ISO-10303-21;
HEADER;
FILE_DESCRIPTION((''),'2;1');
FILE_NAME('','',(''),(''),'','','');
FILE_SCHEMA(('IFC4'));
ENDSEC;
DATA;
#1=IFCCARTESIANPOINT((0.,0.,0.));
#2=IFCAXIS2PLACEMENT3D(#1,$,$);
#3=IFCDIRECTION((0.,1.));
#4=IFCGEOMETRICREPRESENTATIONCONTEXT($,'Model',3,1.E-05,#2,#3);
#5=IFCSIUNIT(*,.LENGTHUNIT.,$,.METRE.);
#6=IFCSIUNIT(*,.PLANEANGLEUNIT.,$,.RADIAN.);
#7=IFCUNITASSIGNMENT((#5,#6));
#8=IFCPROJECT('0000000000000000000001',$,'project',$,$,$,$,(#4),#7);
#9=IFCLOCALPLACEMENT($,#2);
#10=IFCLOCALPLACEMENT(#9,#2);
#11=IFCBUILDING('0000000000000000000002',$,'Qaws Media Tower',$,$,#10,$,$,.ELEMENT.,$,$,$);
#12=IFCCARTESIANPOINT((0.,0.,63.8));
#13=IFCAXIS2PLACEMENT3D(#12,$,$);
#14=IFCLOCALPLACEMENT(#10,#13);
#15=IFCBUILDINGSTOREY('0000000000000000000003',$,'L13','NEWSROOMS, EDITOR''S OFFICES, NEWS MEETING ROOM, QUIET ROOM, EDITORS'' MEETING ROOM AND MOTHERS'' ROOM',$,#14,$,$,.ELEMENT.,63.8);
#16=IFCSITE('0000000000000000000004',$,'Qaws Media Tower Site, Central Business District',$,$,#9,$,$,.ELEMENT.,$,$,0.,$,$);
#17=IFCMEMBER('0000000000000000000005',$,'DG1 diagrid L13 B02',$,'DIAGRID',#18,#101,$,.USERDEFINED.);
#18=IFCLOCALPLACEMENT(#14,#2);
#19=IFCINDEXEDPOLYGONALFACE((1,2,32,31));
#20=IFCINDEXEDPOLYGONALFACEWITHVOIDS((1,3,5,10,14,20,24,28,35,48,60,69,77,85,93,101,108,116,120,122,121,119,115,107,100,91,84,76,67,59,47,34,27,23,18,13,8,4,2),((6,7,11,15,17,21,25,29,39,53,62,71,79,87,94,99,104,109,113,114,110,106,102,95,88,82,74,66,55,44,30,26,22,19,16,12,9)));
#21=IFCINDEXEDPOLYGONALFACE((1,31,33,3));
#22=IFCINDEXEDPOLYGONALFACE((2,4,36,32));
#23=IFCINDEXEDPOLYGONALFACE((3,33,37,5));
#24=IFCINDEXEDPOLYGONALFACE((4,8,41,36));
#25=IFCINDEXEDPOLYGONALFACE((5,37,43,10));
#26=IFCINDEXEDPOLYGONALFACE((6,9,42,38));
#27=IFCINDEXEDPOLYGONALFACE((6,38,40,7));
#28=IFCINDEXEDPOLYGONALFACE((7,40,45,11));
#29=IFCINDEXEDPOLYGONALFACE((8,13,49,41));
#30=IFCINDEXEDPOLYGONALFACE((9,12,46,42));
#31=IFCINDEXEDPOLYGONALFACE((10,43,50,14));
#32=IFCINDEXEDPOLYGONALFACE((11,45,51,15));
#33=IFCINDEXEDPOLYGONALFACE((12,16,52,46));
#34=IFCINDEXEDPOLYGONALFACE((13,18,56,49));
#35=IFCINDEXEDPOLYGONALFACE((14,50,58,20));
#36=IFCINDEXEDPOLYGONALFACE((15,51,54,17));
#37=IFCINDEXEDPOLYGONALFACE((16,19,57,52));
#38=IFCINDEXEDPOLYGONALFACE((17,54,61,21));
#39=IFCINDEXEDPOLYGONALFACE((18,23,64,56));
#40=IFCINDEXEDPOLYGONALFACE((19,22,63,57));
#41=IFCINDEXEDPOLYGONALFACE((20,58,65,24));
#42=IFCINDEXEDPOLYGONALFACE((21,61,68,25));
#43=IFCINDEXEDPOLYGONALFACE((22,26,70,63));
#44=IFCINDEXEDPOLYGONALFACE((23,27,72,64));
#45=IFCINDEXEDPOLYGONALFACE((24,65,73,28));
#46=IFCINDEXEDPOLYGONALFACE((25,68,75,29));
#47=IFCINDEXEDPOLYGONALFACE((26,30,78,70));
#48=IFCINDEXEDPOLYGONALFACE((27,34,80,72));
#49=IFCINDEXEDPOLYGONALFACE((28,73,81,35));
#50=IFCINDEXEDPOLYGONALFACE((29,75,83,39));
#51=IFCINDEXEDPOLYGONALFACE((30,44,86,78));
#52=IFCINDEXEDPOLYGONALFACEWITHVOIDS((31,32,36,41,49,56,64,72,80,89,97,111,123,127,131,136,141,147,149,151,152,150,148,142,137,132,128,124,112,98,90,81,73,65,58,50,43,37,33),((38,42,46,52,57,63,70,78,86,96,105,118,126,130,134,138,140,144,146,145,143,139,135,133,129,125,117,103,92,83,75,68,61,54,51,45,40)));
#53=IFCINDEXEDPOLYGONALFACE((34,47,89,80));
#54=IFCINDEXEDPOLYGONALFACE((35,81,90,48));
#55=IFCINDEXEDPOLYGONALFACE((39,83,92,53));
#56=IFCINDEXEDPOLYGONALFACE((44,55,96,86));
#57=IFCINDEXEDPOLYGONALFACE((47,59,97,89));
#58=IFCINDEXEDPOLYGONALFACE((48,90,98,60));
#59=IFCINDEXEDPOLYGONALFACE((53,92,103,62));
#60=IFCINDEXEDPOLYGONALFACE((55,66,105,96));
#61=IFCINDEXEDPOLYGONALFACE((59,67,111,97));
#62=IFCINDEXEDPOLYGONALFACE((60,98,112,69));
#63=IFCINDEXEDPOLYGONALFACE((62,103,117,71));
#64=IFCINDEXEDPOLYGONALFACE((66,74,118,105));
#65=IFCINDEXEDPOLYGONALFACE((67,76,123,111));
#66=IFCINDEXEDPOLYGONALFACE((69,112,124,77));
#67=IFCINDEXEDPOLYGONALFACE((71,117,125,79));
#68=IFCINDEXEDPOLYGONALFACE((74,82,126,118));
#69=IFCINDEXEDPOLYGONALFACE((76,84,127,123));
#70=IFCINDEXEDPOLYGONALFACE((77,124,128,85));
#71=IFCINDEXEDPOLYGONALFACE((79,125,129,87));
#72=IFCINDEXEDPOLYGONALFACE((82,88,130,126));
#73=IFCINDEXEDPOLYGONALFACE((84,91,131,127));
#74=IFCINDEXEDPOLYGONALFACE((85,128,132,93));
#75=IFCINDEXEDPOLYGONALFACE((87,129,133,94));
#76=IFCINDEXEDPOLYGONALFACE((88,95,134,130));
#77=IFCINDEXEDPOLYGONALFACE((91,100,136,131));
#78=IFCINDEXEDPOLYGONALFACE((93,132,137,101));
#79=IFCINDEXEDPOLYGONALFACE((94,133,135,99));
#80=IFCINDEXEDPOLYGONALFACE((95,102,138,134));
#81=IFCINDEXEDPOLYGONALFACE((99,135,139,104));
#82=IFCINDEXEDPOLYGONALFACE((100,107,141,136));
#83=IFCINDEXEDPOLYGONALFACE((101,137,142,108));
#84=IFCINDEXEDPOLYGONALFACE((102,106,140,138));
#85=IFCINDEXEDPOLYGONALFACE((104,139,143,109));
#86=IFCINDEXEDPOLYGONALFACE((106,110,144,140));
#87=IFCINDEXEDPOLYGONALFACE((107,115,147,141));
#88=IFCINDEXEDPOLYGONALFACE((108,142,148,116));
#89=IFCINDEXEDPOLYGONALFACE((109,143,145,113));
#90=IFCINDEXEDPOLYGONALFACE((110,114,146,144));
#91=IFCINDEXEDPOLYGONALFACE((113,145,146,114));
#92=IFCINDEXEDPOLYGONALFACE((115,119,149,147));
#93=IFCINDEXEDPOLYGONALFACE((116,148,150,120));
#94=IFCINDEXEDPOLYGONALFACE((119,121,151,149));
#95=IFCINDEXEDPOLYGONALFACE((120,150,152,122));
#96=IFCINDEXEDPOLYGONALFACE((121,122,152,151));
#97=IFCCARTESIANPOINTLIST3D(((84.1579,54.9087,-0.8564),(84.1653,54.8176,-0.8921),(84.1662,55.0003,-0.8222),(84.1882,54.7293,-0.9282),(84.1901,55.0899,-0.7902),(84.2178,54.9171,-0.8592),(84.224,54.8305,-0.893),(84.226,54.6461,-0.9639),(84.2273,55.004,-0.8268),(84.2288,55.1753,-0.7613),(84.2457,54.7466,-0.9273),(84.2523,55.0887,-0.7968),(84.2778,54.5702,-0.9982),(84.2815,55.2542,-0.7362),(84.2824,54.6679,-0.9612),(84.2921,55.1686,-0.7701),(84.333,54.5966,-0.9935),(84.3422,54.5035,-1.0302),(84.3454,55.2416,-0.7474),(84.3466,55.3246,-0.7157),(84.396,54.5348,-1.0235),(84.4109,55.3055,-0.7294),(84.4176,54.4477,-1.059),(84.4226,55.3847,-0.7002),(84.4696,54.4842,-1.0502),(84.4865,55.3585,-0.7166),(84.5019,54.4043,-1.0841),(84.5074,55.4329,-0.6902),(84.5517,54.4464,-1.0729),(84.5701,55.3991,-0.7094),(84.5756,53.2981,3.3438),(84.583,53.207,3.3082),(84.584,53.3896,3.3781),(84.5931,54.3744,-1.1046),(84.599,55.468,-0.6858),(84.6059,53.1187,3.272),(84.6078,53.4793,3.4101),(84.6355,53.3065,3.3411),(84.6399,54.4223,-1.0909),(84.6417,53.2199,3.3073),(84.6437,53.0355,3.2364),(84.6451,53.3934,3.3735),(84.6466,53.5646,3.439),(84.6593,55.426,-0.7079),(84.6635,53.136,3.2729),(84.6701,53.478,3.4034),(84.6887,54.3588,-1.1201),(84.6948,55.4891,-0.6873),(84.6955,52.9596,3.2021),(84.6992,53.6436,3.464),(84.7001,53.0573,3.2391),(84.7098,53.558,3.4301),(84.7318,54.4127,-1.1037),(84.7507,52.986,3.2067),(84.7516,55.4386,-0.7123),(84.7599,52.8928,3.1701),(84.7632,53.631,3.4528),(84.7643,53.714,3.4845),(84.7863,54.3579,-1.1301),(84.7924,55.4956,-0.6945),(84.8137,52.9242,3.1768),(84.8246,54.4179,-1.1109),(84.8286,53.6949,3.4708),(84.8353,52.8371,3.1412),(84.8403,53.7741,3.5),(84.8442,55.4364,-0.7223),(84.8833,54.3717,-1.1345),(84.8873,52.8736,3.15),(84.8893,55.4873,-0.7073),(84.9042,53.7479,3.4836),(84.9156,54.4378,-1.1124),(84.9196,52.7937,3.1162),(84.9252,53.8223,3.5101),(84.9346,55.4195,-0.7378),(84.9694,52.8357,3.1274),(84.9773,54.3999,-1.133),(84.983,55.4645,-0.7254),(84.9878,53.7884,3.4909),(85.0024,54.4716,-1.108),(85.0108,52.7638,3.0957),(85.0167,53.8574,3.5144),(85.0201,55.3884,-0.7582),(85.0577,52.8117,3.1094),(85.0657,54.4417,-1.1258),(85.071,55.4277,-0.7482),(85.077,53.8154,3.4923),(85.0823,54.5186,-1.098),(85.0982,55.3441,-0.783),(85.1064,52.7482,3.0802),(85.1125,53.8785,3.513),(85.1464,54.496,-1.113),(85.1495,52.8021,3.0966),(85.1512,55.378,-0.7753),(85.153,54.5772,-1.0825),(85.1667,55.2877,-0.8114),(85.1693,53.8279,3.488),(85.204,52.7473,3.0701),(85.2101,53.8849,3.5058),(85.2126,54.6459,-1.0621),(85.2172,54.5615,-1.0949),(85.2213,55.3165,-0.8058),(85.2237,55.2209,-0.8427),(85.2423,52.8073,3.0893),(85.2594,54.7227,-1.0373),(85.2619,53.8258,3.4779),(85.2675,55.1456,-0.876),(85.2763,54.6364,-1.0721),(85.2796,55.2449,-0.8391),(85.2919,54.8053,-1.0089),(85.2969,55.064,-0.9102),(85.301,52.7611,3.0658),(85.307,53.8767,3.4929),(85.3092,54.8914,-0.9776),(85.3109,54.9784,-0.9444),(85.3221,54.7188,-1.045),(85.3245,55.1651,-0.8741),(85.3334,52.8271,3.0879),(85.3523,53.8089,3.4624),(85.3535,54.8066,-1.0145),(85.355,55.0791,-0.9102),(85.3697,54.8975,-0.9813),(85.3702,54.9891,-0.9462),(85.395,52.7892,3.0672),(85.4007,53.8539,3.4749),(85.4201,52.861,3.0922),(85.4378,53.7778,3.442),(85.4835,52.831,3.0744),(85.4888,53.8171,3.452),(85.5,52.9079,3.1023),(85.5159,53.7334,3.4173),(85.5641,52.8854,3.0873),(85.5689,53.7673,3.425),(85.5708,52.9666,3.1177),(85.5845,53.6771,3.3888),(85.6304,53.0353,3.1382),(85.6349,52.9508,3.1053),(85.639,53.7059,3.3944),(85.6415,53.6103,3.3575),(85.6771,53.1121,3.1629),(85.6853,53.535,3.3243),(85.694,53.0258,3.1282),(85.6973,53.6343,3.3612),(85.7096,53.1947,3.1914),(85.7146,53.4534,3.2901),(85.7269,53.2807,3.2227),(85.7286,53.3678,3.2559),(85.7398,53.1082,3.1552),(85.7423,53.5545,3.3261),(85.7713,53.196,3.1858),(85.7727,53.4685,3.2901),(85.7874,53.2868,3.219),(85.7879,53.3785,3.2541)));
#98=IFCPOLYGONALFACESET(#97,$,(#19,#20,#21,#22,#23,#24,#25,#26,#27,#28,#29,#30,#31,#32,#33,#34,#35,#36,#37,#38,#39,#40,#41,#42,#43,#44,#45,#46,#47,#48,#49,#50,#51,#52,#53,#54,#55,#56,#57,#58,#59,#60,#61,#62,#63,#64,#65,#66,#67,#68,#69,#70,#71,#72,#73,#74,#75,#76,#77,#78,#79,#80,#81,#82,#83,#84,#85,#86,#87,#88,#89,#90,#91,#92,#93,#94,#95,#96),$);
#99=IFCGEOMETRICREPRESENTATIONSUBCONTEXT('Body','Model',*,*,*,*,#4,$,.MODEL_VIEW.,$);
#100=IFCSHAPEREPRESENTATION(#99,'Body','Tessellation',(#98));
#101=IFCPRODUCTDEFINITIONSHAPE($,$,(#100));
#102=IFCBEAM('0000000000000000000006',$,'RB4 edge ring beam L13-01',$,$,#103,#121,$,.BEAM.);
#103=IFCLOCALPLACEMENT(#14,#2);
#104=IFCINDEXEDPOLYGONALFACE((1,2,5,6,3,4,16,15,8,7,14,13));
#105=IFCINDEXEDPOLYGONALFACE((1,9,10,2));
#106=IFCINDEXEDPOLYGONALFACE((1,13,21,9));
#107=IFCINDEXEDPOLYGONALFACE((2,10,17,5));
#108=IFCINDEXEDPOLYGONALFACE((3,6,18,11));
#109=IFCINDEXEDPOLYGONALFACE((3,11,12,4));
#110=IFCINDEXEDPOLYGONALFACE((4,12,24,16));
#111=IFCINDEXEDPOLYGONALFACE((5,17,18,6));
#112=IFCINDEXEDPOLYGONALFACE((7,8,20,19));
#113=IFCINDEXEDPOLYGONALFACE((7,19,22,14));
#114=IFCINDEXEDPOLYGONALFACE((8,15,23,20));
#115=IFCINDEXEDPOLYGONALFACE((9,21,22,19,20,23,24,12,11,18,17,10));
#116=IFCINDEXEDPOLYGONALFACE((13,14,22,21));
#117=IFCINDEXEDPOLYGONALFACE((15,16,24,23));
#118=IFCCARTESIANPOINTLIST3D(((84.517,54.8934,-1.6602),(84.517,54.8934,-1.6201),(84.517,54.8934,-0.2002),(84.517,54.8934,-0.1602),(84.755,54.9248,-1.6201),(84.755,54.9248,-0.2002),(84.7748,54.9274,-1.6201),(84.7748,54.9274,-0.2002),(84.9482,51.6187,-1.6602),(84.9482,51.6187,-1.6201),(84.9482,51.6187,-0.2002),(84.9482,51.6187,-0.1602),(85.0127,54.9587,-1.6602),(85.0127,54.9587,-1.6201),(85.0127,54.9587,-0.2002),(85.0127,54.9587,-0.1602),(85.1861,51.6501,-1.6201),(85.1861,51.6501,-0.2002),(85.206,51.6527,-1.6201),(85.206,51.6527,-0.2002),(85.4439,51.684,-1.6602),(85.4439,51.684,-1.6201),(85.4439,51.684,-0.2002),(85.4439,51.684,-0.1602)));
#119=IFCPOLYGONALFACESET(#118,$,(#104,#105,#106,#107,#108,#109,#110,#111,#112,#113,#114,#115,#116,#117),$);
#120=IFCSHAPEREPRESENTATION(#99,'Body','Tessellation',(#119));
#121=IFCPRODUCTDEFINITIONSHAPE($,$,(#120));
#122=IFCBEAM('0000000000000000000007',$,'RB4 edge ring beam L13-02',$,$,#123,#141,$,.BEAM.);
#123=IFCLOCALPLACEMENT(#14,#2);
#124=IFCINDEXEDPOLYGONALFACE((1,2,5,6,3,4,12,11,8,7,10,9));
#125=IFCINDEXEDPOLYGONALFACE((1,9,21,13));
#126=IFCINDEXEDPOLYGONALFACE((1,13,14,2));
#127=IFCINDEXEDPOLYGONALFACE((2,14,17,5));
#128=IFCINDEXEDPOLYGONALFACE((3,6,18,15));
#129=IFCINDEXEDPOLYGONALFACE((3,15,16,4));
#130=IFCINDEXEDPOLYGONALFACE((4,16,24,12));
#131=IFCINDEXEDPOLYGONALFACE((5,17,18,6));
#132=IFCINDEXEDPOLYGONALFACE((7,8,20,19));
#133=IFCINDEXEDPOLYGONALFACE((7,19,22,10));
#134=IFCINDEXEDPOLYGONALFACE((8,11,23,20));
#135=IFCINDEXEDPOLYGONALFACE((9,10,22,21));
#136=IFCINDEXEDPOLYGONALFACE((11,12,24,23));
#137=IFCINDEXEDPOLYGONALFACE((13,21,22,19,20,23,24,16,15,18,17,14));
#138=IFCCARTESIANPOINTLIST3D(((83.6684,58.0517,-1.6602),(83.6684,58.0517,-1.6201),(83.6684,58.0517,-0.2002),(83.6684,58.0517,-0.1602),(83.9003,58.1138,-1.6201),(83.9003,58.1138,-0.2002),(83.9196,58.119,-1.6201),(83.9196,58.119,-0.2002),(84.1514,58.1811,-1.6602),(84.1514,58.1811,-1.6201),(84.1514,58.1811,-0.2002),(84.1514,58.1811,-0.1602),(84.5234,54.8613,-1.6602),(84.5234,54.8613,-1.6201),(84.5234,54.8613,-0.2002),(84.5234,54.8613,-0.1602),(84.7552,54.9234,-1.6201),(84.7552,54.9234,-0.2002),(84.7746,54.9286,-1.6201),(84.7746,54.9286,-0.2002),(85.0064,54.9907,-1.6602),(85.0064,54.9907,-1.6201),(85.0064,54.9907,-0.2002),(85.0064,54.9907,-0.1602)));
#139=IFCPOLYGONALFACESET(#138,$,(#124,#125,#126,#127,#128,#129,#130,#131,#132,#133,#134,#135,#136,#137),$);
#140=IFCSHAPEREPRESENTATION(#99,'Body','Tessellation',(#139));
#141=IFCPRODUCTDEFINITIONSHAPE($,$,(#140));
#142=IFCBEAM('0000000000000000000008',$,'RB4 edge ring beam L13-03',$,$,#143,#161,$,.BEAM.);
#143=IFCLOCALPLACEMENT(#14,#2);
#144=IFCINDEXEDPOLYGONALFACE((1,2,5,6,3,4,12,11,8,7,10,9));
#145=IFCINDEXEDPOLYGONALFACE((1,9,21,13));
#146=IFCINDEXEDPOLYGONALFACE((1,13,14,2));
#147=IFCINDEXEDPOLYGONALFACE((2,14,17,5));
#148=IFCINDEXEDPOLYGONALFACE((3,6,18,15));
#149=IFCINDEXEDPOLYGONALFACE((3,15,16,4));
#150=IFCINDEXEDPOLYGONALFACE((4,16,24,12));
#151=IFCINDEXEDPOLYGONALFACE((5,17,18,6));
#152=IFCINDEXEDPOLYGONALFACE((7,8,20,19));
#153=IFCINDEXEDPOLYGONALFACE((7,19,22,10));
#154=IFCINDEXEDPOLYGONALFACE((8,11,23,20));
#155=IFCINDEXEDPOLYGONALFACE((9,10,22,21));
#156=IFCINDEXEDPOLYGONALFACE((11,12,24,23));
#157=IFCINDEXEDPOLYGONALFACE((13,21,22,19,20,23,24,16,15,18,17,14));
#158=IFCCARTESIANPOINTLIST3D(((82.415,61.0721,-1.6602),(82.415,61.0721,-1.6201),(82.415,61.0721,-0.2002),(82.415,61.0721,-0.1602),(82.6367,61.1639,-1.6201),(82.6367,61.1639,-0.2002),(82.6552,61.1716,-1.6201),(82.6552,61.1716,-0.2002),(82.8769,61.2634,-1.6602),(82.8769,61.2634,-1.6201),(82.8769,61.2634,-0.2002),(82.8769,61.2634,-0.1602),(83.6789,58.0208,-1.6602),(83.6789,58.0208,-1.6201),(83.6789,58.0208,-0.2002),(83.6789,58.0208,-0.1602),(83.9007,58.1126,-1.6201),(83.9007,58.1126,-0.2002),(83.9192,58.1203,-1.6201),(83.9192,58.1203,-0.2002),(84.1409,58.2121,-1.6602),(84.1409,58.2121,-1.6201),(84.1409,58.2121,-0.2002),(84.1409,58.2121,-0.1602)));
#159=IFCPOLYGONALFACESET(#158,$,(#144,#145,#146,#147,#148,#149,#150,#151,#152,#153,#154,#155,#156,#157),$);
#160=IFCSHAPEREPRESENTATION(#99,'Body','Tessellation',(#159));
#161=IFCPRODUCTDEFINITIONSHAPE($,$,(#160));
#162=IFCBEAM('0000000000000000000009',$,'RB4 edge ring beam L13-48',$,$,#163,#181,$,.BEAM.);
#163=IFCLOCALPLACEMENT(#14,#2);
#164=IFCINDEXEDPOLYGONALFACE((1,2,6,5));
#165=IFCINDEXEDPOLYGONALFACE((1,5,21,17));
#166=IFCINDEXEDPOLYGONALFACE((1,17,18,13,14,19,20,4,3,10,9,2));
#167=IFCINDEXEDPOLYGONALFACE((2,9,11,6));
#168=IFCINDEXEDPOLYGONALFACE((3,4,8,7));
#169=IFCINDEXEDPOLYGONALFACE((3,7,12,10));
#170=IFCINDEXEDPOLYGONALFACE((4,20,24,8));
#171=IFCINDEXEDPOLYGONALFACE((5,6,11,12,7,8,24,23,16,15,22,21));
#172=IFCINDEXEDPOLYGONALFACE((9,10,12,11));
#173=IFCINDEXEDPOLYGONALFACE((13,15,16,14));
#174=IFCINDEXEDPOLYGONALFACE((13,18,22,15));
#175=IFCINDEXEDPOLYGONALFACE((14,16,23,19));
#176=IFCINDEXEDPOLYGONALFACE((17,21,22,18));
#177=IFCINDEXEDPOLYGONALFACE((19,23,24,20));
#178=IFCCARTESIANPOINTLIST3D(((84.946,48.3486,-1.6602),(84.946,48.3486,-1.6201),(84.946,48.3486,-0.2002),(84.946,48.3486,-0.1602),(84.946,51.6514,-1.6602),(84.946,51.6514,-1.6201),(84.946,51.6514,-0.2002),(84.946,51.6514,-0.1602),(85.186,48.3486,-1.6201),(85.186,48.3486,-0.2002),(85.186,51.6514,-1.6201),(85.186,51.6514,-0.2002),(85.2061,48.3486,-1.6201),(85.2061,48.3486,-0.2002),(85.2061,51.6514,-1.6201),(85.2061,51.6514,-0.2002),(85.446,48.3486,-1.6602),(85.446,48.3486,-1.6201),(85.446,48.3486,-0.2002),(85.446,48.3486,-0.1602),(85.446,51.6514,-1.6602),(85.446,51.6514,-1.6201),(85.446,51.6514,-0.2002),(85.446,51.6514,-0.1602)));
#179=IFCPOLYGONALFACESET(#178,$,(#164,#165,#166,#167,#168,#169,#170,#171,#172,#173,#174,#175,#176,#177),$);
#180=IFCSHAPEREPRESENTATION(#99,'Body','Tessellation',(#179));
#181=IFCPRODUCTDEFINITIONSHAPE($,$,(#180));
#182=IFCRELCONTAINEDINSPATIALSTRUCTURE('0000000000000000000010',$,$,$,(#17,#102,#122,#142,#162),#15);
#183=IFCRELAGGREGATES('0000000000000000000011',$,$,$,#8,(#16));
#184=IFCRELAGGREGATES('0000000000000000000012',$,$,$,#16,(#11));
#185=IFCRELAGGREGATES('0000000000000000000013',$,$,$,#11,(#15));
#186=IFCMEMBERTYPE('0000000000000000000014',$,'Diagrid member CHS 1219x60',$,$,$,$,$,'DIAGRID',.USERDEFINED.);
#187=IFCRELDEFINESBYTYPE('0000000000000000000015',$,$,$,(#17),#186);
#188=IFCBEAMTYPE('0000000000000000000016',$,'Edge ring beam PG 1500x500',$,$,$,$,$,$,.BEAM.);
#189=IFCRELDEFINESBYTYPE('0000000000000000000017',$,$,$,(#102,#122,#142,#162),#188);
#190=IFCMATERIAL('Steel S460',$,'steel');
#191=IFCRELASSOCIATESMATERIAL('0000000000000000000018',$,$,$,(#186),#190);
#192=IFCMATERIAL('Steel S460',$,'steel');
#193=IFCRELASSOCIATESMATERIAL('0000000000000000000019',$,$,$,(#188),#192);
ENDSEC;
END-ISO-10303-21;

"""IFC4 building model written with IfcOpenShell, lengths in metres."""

from ifc_helpers import new_model, si_unit, direction, frame, origin, origin_2d, place, context, subcontext, project, spatial, hollow_circle, i_section, extrude, material, material_profile, profile_set, type_object, element, save


model = new_model("IFC4")

# Units and contexts
model_context = context("Model", 3, precision=1e-05, world=origin(), true_north=direction((0.0, 1.0)))
body_context = subcontext(model_context, "Body", "Model", "MODEL_VIEW")
ifc_project = project(units=[si_unit("LENGTHUNIT", "METRE"), si_unit("PLANEANGLEUNIT", "RADIAN")], contexts=[model_context])

# Site, building, storey
site_placement = place(None, origin())
site = spatial("IfcSite", under=ifc_project, at=site_placement, Name="Qaws Media Tower Site, Central Business District", CompositionType="ELEMENT", RefElevation=0.0)
building_placement = place(site_placement, origin())
building = spatial("IfcBuilding", under=site, at=building_placement, Name="Qaws Media Tower", CompositionType="ELEMENT")
storey_placement = place(building_placement, frame((0.0, 0.0, 63.8)))
storey = spatial("IfcBuildingStorey", under=building, at=storey_placement, Name="L13", Description="NEWSROOMS, EDITOR'S OFFICES, NEWS MEETING ROOM, QUIET ROOM, EDITORS' MEETING ROOM AND MOTHERS' ROOM", CompositionType="ELEMENT", Elevation=63.8)

# Member
ifc_material_1 = material(Name="Steel S460", Category="steel")
ifc_material_profile_1 = material_profile(ifc_material_1, hollow_circle(Radius=0.6096, WallThickness=0.0601, at=origin_2d()), Name="CHS 1219x60")
ifc_profile_set_1 = profile_set([ifc_material_profile_1], Name="Steel S460")
member_type_1 = type_object("IfcMemberType", Name="Diagrid member CHS 1219x60", ElementType="DIAGRID", PredefinedType="USERDEFINED", material=ifc_profile_set_1)
for number, where, z_axis, x_axis, name in (
    (1, (84.7649, 54.926, -0.9102), (0.092463, -0.356503, 0.929708), (0.967973, 0.251054, 0.0), "DG1 diagrid L13 B02"),
):
    element("IfcMember", number, at=place(storey_placement, frame(where, z_axis=z_axis, x_axis=x_axis)), inside=storey, type_object=member_type_1, Name=name, ObjectType="DIAGRID", PredefinedType="USERDEFINED", context=body_context, shape_type="SweptSolid", body=[
        extrude(hollow_circle(Radius=0.6096, WallThickness=0.0601, at=origin_2d()), origin(), (0.0, 0.0, 1.0), 4.5178),
    ])

# Beams
ifc_material_2 = material(Name="Steel S460", Category="steel")
ifc_material_profile_2 = material_profile(ifc_material_2, i_section(OverallWidth=0.5, OverallDepth=1.5, WebThickness=0.02, FlangeThickness=0.04, at=origin_2d()), Name="PG 1500x500")
ifc_profile_set_2 = profile_set([ifc_material_profile_2], Name="Steel S460")
beam_type_1 = type_object("IfcBeamType", Name="Edge ring beam PG 1500x500", PredefinedType="BEAM", material=ifc_profile_set_2)
for number, where, z_axis, x_axis, name in (
    (2, (85.196, 51.6514, -0.9102), (-0.130537, 0.991443, 0.0), (-0.991443, -0.130537, 0.0), "RB4 edge ring beam L13-01"),
    (3, (84.7649, 54.926, -0.9102), (-0.258849, 0.965918, 0.0), (-0.965918, -0.258849, 0.0), "RB4 edge ring beam L13-02"),
):
    element("IfcBeam", number, at=place(storey_placement, frame(where, z_axis=z_axis, x_axis=x_axis)), inside=storey, type_object=beam_type_1, Name=name, PredefinedType="BEAM", context=body_context, shape_type="SweptSolid", body=[
        extrude(i_section(OverallWidth=0.5, OverallDepth=1.5, WebThickness=0.02, FlangeThickness=0.04, at=origin_2d()), origin(), (0.0, 0.0, 1.0), 3.303),
    ])
for number, where, z_axis, x_axis, name in (
    (4, (83.9099, 58.1165, -0.9102), (-0.382693, 0.923875, 0.0), (-0.923875, -0.382693, 0.0), "RB4 edge ring beam L13-03"),
    (5, (85.196, 48.3486, -0.9102), (0.0, 1.0, 0.0), (-1.0, 0.0, 0.0), "RB4 edge ring beam L13-48"),
):
    element("IfcBeam", number, at=place(storey_placement, frame(where, z_axis=z_axis, x_axis=x_axis)), inside=storey, type_object=beam_type_1, Name=name, PredefinedType="BEAM", context=body_context, shape_type="SweptSolid", body=[
        extrude(i_section(OverallWidth=0.5, OverallDepth=1.5, WebThickness=0.02, FlangeThickness=0.04, at=origin_2d()), origin(), (0.0, 0.0, 1.0), 3.3027),
    ])

save(model, "model.ifc")
